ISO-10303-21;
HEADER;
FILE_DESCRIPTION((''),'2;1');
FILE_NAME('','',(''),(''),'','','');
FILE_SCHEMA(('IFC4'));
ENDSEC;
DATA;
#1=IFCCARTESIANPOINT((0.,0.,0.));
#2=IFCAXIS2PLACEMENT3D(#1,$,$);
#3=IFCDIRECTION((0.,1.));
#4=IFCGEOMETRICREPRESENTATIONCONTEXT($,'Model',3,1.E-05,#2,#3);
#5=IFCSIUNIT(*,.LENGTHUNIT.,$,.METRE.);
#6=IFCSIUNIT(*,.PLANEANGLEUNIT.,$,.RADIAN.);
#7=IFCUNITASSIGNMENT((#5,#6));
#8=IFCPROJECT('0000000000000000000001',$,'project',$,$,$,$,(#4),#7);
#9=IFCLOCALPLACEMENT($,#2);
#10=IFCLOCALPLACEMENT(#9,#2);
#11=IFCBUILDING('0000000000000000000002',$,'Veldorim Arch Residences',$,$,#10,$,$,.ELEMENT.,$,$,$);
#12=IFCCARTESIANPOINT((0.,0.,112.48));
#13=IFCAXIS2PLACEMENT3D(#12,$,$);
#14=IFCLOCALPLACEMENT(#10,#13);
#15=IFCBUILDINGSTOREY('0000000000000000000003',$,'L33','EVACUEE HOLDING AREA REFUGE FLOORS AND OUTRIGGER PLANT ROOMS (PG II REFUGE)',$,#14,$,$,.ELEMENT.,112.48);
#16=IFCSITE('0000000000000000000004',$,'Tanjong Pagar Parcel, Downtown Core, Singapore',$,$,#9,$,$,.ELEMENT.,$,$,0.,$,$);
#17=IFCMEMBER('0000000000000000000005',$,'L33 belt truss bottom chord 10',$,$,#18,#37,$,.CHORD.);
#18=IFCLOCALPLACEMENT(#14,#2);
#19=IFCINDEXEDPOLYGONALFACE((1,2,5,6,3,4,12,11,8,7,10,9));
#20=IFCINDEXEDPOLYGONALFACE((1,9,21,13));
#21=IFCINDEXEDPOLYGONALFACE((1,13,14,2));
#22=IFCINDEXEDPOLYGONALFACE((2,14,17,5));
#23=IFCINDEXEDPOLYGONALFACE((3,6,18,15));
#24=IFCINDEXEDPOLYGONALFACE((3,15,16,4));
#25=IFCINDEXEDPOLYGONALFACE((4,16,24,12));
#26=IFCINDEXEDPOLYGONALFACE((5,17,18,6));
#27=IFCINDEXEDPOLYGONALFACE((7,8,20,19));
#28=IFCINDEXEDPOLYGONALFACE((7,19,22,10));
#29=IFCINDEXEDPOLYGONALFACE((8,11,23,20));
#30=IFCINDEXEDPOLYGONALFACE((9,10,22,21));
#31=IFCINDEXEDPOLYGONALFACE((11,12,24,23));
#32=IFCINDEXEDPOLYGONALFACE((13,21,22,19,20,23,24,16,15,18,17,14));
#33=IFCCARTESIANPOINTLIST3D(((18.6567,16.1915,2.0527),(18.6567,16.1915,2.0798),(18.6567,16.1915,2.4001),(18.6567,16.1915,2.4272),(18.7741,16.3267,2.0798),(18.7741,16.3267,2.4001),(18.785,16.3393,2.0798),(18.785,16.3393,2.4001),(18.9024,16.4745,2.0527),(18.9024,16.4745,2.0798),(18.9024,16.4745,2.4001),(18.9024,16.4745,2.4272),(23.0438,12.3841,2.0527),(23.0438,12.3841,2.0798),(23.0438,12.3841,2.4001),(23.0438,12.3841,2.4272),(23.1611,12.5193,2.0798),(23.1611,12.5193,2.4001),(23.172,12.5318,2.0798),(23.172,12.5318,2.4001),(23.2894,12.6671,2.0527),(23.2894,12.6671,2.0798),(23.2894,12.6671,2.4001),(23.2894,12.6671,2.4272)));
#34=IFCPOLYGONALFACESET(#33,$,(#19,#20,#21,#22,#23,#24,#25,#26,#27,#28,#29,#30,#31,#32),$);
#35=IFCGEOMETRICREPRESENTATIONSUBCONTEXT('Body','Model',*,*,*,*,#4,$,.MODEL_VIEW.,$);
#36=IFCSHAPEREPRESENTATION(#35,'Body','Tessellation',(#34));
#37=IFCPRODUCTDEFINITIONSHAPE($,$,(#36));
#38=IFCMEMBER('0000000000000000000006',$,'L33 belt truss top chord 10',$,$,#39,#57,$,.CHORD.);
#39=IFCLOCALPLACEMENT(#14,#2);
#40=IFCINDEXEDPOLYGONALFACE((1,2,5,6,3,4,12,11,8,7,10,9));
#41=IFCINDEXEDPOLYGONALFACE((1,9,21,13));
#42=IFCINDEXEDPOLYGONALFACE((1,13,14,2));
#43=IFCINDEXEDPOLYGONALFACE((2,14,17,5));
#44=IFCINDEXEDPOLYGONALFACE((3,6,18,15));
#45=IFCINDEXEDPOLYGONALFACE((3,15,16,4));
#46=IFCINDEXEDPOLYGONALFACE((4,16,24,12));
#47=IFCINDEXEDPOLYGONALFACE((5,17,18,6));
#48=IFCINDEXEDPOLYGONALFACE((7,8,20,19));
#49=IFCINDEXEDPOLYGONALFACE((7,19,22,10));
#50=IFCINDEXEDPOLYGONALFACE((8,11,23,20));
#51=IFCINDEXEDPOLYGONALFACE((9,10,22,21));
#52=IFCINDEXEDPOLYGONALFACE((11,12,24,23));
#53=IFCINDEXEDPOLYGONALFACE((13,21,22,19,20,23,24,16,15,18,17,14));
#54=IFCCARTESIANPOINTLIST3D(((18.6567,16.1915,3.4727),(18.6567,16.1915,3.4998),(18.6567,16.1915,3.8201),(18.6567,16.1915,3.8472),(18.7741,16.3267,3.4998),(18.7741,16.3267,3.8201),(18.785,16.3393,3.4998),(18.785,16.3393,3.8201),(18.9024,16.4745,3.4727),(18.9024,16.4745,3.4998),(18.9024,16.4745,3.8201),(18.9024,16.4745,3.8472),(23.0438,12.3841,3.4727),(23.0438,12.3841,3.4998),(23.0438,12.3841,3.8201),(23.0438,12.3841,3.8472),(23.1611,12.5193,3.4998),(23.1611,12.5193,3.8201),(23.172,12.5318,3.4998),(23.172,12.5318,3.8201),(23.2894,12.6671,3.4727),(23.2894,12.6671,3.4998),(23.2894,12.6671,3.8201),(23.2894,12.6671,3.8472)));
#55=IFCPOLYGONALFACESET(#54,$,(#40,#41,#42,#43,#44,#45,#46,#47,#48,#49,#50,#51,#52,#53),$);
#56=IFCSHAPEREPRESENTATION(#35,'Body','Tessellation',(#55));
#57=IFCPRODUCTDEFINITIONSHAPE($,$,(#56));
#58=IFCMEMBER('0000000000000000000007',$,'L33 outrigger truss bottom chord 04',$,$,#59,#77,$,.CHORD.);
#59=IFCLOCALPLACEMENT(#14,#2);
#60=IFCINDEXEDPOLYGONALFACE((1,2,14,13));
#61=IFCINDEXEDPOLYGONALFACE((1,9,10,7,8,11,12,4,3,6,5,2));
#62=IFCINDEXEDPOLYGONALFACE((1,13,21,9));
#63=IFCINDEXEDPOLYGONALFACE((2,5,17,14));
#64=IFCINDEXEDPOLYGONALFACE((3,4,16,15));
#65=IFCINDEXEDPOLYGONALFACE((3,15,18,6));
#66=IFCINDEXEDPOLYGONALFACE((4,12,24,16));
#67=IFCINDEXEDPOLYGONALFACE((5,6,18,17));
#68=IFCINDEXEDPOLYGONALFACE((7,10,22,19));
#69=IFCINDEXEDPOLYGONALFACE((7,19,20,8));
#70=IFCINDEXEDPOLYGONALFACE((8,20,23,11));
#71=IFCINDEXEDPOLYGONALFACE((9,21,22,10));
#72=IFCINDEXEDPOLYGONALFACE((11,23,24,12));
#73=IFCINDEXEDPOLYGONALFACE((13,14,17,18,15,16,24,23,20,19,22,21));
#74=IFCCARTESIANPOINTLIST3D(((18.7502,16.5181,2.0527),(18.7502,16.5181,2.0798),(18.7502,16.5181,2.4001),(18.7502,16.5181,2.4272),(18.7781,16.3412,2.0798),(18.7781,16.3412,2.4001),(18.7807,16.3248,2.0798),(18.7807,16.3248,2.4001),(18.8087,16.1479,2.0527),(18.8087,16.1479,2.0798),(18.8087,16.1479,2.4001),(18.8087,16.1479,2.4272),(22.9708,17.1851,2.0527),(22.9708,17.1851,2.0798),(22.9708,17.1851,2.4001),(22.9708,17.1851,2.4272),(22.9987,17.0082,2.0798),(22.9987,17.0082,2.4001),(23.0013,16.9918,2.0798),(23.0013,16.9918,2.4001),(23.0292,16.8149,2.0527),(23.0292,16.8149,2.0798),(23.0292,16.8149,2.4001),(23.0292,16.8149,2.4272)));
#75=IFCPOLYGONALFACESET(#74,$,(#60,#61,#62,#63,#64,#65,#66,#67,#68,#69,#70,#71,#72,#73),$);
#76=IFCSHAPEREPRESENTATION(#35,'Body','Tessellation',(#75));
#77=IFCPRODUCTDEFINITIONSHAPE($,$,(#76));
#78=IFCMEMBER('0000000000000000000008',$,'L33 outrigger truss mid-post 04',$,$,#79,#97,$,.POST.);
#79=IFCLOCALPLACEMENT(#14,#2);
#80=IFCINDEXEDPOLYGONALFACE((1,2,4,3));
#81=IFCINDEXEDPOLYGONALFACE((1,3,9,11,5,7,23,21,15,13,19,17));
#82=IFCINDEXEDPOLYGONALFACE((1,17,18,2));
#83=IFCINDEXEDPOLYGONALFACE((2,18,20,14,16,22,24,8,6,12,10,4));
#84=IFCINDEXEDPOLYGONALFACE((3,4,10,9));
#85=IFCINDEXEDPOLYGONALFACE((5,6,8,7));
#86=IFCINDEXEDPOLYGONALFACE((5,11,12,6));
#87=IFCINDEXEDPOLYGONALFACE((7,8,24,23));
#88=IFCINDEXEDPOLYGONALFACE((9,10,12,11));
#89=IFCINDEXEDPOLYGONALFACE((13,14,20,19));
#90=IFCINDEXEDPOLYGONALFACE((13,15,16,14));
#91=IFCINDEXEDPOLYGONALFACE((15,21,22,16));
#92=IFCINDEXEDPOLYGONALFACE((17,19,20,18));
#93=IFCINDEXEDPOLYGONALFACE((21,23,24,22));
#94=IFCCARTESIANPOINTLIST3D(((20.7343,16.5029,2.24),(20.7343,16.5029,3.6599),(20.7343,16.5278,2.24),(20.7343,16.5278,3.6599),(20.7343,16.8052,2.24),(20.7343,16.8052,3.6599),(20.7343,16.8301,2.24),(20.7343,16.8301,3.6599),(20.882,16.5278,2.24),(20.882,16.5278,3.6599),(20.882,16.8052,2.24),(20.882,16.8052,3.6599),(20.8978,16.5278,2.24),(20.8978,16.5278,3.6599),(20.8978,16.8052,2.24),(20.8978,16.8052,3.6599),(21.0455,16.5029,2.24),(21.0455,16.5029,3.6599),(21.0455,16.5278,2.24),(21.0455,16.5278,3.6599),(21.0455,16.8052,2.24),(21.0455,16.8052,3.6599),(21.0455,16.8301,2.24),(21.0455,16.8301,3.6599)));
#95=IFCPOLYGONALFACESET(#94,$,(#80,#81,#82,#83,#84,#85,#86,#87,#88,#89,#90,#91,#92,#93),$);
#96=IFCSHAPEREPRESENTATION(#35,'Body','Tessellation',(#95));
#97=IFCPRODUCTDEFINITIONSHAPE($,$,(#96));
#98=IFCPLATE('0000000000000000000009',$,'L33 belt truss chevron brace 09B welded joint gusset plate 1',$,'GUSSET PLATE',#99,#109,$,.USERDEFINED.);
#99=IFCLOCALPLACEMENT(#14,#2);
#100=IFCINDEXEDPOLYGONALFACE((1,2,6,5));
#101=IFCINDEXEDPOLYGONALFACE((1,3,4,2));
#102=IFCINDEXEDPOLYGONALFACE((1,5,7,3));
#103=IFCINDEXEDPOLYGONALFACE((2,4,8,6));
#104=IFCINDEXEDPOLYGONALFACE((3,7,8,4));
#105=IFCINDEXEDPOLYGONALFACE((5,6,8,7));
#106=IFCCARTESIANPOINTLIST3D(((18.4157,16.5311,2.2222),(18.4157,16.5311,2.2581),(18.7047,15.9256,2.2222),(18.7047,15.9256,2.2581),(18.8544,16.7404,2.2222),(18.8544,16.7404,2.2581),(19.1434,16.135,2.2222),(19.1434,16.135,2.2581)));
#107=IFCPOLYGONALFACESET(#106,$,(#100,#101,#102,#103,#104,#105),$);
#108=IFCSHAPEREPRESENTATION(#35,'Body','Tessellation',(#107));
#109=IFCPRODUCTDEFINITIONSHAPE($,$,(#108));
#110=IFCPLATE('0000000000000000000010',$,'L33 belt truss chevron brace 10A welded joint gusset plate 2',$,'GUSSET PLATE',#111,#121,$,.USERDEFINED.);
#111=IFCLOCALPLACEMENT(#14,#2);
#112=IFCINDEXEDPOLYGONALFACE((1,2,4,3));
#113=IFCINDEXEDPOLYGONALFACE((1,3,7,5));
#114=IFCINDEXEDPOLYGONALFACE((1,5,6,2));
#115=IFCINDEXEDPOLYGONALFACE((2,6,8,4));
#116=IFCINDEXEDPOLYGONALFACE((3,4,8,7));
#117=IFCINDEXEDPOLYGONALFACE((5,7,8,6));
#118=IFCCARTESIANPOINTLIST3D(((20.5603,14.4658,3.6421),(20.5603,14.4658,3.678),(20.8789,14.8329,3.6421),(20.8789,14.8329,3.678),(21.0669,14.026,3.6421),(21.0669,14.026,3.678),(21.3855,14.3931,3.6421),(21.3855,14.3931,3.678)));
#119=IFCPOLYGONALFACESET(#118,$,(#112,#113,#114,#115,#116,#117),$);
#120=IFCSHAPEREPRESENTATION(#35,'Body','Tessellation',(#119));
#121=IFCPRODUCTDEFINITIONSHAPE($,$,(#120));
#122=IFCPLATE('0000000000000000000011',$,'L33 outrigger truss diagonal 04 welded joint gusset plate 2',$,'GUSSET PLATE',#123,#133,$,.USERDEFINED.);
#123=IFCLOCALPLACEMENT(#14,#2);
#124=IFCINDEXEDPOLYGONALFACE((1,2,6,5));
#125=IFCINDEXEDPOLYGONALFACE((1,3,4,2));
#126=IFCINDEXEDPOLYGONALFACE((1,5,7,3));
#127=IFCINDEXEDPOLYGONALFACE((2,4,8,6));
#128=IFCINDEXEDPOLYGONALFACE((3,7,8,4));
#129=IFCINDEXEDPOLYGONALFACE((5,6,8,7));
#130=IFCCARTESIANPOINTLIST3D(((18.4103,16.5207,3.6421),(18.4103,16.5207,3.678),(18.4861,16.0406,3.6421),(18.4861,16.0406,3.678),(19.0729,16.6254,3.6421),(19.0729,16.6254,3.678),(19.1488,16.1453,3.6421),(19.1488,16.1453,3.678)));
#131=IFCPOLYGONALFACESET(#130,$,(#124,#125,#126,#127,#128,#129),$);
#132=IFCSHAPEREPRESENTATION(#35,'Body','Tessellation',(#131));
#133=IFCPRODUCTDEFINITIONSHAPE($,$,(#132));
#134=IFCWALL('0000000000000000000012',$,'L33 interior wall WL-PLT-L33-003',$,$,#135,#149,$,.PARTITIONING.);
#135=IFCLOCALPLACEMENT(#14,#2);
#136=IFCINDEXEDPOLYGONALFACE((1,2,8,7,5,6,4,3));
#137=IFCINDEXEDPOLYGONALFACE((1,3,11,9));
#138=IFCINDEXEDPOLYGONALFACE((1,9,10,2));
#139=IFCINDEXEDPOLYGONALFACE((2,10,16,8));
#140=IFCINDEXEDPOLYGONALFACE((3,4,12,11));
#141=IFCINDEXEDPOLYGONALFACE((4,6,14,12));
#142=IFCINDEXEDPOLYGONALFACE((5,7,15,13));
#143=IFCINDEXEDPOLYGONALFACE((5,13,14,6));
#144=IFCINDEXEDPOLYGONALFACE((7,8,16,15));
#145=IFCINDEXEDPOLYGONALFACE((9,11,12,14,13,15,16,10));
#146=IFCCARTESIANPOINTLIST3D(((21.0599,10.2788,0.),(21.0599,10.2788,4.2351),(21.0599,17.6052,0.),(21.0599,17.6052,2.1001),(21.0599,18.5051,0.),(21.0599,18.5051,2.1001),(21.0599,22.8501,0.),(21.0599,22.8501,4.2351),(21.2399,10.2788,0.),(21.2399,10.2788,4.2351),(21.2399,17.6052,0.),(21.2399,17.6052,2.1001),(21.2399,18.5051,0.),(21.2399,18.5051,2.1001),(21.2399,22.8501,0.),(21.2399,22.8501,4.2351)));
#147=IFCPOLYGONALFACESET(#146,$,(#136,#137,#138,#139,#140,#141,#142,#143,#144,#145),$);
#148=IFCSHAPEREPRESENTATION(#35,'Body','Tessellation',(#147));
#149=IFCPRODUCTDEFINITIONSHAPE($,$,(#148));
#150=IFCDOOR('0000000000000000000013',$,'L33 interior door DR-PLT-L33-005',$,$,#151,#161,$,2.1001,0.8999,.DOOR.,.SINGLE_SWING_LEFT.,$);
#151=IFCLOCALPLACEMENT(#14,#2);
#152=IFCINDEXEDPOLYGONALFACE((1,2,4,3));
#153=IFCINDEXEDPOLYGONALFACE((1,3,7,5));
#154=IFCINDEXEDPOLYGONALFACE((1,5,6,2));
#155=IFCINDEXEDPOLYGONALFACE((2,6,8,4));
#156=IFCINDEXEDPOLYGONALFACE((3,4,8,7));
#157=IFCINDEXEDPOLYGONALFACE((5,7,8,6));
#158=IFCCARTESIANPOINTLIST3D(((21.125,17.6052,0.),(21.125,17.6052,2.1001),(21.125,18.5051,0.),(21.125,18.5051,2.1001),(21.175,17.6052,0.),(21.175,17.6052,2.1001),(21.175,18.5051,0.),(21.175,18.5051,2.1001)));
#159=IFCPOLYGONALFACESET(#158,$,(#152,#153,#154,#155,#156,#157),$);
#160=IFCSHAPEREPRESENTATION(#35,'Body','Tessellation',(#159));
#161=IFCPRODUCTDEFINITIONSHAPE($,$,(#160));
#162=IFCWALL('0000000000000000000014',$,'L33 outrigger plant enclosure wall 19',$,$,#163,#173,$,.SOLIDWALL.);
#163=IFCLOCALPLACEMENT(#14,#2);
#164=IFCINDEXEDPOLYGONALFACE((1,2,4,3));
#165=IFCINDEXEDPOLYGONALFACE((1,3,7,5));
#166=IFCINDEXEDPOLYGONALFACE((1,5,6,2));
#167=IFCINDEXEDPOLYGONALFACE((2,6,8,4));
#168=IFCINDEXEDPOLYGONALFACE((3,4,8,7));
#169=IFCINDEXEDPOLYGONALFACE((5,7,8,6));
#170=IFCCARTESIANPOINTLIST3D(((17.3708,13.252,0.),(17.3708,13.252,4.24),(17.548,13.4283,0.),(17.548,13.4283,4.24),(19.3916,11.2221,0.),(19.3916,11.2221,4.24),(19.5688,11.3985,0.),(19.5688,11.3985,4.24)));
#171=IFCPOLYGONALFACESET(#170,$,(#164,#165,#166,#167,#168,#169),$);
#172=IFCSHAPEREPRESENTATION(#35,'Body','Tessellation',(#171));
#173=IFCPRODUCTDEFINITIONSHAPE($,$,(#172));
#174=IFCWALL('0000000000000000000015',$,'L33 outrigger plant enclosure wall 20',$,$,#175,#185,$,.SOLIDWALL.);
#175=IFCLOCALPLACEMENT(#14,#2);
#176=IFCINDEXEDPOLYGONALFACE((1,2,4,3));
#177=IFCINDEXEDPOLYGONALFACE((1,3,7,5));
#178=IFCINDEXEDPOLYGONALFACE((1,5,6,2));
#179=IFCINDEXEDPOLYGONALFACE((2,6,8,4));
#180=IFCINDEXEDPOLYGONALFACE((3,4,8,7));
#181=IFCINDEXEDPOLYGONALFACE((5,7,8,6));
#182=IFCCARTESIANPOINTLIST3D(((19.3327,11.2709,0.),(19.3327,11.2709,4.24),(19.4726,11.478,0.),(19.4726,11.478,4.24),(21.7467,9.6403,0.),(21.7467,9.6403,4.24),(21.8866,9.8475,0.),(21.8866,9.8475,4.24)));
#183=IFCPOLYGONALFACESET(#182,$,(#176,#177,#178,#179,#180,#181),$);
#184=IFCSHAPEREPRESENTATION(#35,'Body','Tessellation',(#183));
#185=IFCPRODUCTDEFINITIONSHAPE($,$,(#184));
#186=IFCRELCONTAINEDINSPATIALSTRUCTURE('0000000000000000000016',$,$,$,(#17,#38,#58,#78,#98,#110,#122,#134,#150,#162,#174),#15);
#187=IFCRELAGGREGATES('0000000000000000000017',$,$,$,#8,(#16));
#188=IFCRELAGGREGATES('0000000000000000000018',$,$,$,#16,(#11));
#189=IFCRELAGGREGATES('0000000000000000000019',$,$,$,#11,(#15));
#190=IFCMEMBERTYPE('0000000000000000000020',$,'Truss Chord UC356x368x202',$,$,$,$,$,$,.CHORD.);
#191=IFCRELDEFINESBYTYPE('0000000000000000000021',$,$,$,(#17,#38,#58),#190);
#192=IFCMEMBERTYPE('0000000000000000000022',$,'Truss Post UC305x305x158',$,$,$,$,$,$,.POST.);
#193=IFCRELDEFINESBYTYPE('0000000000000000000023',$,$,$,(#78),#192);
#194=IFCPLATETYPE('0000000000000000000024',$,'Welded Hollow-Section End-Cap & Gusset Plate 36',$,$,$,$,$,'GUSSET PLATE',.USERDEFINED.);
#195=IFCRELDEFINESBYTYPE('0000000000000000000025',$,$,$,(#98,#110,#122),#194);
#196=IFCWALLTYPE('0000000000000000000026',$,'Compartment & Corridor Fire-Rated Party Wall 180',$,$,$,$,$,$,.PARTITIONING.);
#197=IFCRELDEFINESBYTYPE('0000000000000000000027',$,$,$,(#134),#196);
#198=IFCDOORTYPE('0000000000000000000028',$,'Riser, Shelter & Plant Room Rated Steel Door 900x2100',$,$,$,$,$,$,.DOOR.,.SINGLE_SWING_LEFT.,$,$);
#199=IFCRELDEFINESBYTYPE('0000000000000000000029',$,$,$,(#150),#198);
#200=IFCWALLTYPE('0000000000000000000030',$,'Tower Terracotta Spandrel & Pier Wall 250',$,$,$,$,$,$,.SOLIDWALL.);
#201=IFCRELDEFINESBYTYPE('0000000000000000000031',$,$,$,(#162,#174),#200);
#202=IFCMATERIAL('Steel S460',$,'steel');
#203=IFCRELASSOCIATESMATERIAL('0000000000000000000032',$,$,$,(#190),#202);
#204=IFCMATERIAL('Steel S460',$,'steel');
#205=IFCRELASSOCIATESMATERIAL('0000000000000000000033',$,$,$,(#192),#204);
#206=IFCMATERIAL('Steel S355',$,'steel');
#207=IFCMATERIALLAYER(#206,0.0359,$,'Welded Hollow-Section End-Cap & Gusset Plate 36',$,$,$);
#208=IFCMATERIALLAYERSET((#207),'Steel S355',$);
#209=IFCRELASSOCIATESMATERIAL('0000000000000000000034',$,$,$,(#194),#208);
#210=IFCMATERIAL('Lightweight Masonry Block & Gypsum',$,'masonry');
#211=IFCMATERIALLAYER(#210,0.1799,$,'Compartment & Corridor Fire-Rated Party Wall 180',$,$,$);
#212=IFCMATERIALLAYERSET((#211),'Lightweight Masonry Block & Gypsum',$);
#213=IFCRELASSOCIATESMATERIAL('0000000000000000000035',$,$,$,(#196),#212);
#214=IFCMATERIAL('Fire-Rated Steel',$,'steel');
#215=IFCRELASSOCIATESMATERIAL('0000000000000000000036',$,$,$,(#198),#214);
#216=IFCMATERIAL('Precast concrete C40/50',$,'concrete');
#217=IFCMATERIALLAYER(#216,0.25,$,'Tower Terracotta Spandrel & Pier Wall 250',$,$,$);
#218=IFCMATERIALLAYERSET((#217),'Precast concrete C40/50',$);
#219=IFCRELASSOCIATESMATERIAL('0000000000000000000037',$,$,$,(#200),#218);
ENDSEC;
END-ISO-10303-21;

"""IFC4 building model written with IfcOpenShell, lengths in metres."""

from ifc_helpers import new_model, si_unit, direction, frame, frame_2d, origin, origin_2d, place, context, subcontext, project, spatial, rectangle, i_section, extrude, material, layer, layer_set, material_profile, profile_set, type_object, element, fill, save


model = new_model("IFC4")

# Units and contexts
model_context = context("Model", 3, precision=1e-05, world=origin(), true_north=direction((0.0, 1.0)))
body_context = subcontext(model_context, "Body", "Model", "MODEL_VIEW")
ifc_project = project(units=[si_unit("LENGTHUNIT", "METRE"), si_unit("PLANEANGLEUNIT", "RADIAN")], contexts=[model_context])

# Site, building, storey
site_placement = place(None, origin())
site = spatial("IfcSite", under=ifc_project, at=site_placement, Name="Tanjong Pagar Parcel, Downtown Core, Singapore", CompositionType="ELEMENT", RefElevation=0.0)
building_placement = place(site_placement, origin())
building = spatial("IfcBuilding", under=site, at=building_placement, Name="Veldorim Arch Residences", CompositionType="ELEMENT")
storey_placement = place(building_placement, frame((0.0, 0.0, 112.48)))
storey = spatial("IfcBuildingStorey", under=building, at=storey_placement, Name="L33", Description="EVACUEE HOLDING AREA REFUGE FLOORS AND OUTRIGGER PLANT ROOMS (PG II REFUGE)", CompositionType="ELEMENT", Elevation=112.48)

# Members
ifc_material_1 = material(Name="Steel S460", Category="steel")
ifc_material_profile_1 = material_profile(ifc_material_1, i_section(OverallWidth=0.3748, OverallDepth=0.3745, WebThickness=0.0166, FlangeThickness=0.0271, at=origin_2d()), Name="UC356x368x202")
ifc_profile_set_1 = profile_set([ifc_material_profile_1], Name="Steel S460")
member_type_1 = type_object("IfcMemberType", Name="Truss Chord UC356x368x202", PredefinedType="CHORD", material=ifc_profile_set_1)
for number, where, z_axis, x_axis, name in (
    (1, (18.7795, 16.333, 2.24), (0.755234, -0.655455, 0.0), (0.655455, 0.755234, 0.0), "L33 belt truss bottom chord 10"),
    (2, (18.7795, 16.333, 3.6599), (0.755234, -0.655455, 0.0), (0.655455, 0.755234, 0.0), "L33 belt truss top chord 10"),
):
    element("IfcMember", number, at=place(storey_placement, frame(where, z_axis=z_axis, x_axis=x_axis)), inside=storey, type_object=member_type_1, Name=name, PredefinedType="CHORD", context=body_context, shape_type="SweptSolid", body=[
        extrude(i_section(OverallWidth=0.3748, OverallDepth=0.3745, WebThickness=0.0166, FlangeThickness=0.0271, at=origin_2d()), origin(), (0.0, 0.0, 1.0), 5.8088),
    ])
member_1_placement = place(storey_placement, frame((23.0, 17.0, 2.24), z_axis=(-0.987741, -0.1561, 0.0), x_axis=(0.1561, -0.987741, 0.0)))
element("IfcMember", 3, at=member_1_placement, inside=storey, type_object=member_type_1, Name="L33 outrigger truss bottom chord 04", PredefinedType="CHORD", context=body_context, shape_type="SweptSolid", body=[
    extrude(i_section(OverallWidth=0.3748, OverallDepth=0.3745, WebThickness=0.0166, FlangeThickness=0.0271, at=origin_2d()), origin(), (0.0, 0.0, 1.0), 4.2729),
])
ifc_material_2 = material(Name="Steel S460", Category="steel")
ifc_material_profile_2 = material_profile(ifc_material_2, i_section(OverallWidth=0.3113, OverallDepth=0.3271, WebThickness=0.0159, FlangeThickness=0.0249, at=origin_2d()), Name="UC305x305x158")
ifc_profile_set_2 = profile_set([ifc_material_profile_2], Name="Steel S460")
member_type_2 = type_object("IfcMemberType", Name="Truss Post UC305x305x158", PredefinedType="POST", material=ifc_profile_set_2)
member_2_placement = place(storey_placement, frame((20.8899, 16.6665, 2.24), z_axis=(0.0, 0.0, 1.0), x_axis=(1.0, 0.0, 0.0)))
element("IfcMember", 4, at=member_2_placement, inside=storey, type_object=member_type_2, Name="L33 outrigger truss mid-post 04", PredefinedType="POST", context=body_context, shape_type="SweptSolid", body=[
    extrude(i_section(OverallWidth=0.3113, OverallDepth=0.3271, WebThickness=0.0159, FlangeThickness=0.0249, at=origin_2d()), origin(), (0.0, 0.0, 1.0), 1.4199),
])

# Plates
ifc_material_3 = material(Name="Steel S355", Category="steel")
ifc_layer_1 = layer(ifc_material_3, 0.0359, Name="Welded Hollow-Section End-Cap & Gusset Plate 36")
ifc_layer_set_1 = layer_set([ifc_layer_1], Name="Steel S355")
plate_type = type_object("IfcPlateType", Name="Welded Hollow-Section End-Cap & Gusset Plate 36", ElementType="GUSSET PLATE", PredefinedType="USERDEFINED", material=ifc_layer_set_1)
for number, where, z_axis, x_axis, name in (
    (5, (18.7795, 16.333, 2.2222), (0.0, 0.0, 1.0), (-0.430716, 0.902488, 0.0), "L33 belt truss chevron brace 09B welded joint gusset plate 1"),
    (6, (20.9729, 14.4294, 3.6421), (0.0, 0.0, 1.0), (0.755225, -0.655466, 0.0), "L33 belt truss chevron brace 10A welded joint gusset plate 2"),
    (7, (18.7795, 16.333, 3.6421), (0.0, 0.0, 1.0), (-0.987743, -0.15609, 0.0), "L33 outrigger truss diagonal 04 welded joint gusset plate 2"),
):
    element("IfcPlate", number, at=place(storey_placement, frame(where, z_axis=z_axis, x_axis=x_axis)), inside=storey, type_object=plate_type, Name=name, ObjectType="GUSSET PLATE", PredefinedType="USERDEFINED", context=body_context, shape_type="SweptSolid", body=[
        extrude(rectangle(XDim=0.6709, YDim=0.4861, at=origin_2d()), origin(), (0.0, 0.0, 1.0), 0.0359),
    ])

# Wall, opening, door
ifc_material_4 = material(Name="Lightweight Masonry Block & Gypsum", Category="masonry")
ifc_layer_2 = layer(ifc_material_4, 0.1799, Name="Compartment & Corridor Fire-Rated Party Wall 180")
ifc_layer_set_2 = layer_set([ifc_layer_2], Name="Lightweight Masonry Block & Gypsum")
wall_type_1 = type_object("IfcWallType", Name="Compartment & Corridor Fire-Rated Party Wall 180", PredefinedType="PARTITIONING", material=ifc_layer_set_2)
wall_1_placement = place(storey_placement, frame((21.1499, 10.2788, 0.0), z_axis=(0.0, 0.0, 1.0), x_axis=(0.0, 1.0, 0.0)))
wall_1 = element("IfcWall", 8, at=wall_1_placement, inside=storey, type_object=wall_type_1, Name="L33 interior wall WL-PLT-L33-003", PredefinedType="PARTITIONING", context=body_context, shape_type="SweptSolid", body=[
    extrude(rectangle(XDim=12.5713, YDim=0.1799, at=frame_2d((6.2856, 0.0))), origin(), (0.0, 0.0, 1.0), 4.2351),
])
opening_1_placement = place(wall_1_placement, frame((7.3264, 0.0, 0.0)))
opening_1 = element("IfcOpeningElement", 9, at=opening_1_placement, cuts=wall_1, PredefinedType="OPENING", context=body_context, shape_type="SweptSolid", body=[
    extrude(rectangle(XDim=0.8999, YDim=2.1001, at=frame_2d((0.45, 1.05))), frame((0.0, 0.0999, 0.0), z_axis=(0.0, -1.0, 0.0), x_axis=(1.0, 0.0, 0.0)), (0.0, 0.0, 1.0), 0.2),
])
ifc_material_5 = material(Name="Fire-Rated Steel", Category="steel")
door_type_1 = type_object("IfcDoorType", Name="Riser, Shelter & Plant Room Rated Steel Door 900x2100", OperationType="SINGLE_SWING_LEFT", PredefinedType="DOOR", material=ifc_material_5)
door_1_placement = place(opening_1_placement, origin())
door_1 = element("IfcDoor", 10, at=door_1_placement, inside=storey, type_object=door_type_1, Name="L33 interior door DR-PLT-L33-005", OperationType="SINGLE_SWING_LEFT", OverallHeight=2.1001, OverallWidth=0.8999, PredefinedType="DOOR", context=body_context, shape_type="SweptSolid", body=[
    extrude(rectangle(XDim=0.8999, YDim=2.1001, at=frame_2d((0.45, 1.05))), frame((0.0, 0.0249, 0.0), z_axis=(0.0, -1.0, 0.0), x_axis=(1.0, 0.0, 0.0)), (0.0, 0.0, 1.0), 0.05),
])
fill(opening_1, door_1)

# Walls
ifc_material_6 = material(Name="Precast concrete C40/50", Category="concrete")
ifc_layer_3 = layer(ifc_material_6, 0.25, Name="Tower Terracotta Spandrel & Pier Wall 250")
ifc_layer_set_3 = layer_set([ifc_layer_3], Name="Precast concrete C40/50")
wall_type_2 = type_object("IfcWallType", Name="Tower Terracotta Spandrel & Pier Wall 250", PredefinedType="SOLIDWALL", material=ifc_layer_set_3)
wall_2_placement = place(storey_placement, frame((19.4802, 11.3103, 0.0), z_axis=(0.0, 0.0, 1.0), x_axis=(-0.705528, 0.708682, 0.0)))
element("IfcWall", 11, at=wall_2_placement, inside=storey, type_object=wall_type_2, Name="L33 outrigger plant enclosure wall 19", PredefinedType="SOLIDWALL", context=body_context, shape_type="SweptSolid", body=[
    extrude(rectangle(XDim=2.8643, YDim=0.25, at=frame_2d((1.4321, 0.0))), origin(), (0.0, 0.0, 1.0), 4.24),
])
wall_3_placement = place(storey_placement, frame((21.8167, 9.7439, 0.0), z_axis=(0.0, 0.0, 1.0), x_axis=(-0.82867, 0.559738, 0.0)))
element("IfcWall", 12, at=wall_3_placement, inside=storey, type_object=wall_type_2, Name="L33 outrigger plant enclosure wall 20", PredefinedType="SOLIDWALL", context=body_context, shape_type="SweptSolid", body=[
    extrude(rectangle(XDim=2.9131, YDim=0.25, at=frame_2d((1.4565, 0.0))), origin(), (0.0, 0.0, 1.0), 4.24),
])

save(model, "model.ifc")
